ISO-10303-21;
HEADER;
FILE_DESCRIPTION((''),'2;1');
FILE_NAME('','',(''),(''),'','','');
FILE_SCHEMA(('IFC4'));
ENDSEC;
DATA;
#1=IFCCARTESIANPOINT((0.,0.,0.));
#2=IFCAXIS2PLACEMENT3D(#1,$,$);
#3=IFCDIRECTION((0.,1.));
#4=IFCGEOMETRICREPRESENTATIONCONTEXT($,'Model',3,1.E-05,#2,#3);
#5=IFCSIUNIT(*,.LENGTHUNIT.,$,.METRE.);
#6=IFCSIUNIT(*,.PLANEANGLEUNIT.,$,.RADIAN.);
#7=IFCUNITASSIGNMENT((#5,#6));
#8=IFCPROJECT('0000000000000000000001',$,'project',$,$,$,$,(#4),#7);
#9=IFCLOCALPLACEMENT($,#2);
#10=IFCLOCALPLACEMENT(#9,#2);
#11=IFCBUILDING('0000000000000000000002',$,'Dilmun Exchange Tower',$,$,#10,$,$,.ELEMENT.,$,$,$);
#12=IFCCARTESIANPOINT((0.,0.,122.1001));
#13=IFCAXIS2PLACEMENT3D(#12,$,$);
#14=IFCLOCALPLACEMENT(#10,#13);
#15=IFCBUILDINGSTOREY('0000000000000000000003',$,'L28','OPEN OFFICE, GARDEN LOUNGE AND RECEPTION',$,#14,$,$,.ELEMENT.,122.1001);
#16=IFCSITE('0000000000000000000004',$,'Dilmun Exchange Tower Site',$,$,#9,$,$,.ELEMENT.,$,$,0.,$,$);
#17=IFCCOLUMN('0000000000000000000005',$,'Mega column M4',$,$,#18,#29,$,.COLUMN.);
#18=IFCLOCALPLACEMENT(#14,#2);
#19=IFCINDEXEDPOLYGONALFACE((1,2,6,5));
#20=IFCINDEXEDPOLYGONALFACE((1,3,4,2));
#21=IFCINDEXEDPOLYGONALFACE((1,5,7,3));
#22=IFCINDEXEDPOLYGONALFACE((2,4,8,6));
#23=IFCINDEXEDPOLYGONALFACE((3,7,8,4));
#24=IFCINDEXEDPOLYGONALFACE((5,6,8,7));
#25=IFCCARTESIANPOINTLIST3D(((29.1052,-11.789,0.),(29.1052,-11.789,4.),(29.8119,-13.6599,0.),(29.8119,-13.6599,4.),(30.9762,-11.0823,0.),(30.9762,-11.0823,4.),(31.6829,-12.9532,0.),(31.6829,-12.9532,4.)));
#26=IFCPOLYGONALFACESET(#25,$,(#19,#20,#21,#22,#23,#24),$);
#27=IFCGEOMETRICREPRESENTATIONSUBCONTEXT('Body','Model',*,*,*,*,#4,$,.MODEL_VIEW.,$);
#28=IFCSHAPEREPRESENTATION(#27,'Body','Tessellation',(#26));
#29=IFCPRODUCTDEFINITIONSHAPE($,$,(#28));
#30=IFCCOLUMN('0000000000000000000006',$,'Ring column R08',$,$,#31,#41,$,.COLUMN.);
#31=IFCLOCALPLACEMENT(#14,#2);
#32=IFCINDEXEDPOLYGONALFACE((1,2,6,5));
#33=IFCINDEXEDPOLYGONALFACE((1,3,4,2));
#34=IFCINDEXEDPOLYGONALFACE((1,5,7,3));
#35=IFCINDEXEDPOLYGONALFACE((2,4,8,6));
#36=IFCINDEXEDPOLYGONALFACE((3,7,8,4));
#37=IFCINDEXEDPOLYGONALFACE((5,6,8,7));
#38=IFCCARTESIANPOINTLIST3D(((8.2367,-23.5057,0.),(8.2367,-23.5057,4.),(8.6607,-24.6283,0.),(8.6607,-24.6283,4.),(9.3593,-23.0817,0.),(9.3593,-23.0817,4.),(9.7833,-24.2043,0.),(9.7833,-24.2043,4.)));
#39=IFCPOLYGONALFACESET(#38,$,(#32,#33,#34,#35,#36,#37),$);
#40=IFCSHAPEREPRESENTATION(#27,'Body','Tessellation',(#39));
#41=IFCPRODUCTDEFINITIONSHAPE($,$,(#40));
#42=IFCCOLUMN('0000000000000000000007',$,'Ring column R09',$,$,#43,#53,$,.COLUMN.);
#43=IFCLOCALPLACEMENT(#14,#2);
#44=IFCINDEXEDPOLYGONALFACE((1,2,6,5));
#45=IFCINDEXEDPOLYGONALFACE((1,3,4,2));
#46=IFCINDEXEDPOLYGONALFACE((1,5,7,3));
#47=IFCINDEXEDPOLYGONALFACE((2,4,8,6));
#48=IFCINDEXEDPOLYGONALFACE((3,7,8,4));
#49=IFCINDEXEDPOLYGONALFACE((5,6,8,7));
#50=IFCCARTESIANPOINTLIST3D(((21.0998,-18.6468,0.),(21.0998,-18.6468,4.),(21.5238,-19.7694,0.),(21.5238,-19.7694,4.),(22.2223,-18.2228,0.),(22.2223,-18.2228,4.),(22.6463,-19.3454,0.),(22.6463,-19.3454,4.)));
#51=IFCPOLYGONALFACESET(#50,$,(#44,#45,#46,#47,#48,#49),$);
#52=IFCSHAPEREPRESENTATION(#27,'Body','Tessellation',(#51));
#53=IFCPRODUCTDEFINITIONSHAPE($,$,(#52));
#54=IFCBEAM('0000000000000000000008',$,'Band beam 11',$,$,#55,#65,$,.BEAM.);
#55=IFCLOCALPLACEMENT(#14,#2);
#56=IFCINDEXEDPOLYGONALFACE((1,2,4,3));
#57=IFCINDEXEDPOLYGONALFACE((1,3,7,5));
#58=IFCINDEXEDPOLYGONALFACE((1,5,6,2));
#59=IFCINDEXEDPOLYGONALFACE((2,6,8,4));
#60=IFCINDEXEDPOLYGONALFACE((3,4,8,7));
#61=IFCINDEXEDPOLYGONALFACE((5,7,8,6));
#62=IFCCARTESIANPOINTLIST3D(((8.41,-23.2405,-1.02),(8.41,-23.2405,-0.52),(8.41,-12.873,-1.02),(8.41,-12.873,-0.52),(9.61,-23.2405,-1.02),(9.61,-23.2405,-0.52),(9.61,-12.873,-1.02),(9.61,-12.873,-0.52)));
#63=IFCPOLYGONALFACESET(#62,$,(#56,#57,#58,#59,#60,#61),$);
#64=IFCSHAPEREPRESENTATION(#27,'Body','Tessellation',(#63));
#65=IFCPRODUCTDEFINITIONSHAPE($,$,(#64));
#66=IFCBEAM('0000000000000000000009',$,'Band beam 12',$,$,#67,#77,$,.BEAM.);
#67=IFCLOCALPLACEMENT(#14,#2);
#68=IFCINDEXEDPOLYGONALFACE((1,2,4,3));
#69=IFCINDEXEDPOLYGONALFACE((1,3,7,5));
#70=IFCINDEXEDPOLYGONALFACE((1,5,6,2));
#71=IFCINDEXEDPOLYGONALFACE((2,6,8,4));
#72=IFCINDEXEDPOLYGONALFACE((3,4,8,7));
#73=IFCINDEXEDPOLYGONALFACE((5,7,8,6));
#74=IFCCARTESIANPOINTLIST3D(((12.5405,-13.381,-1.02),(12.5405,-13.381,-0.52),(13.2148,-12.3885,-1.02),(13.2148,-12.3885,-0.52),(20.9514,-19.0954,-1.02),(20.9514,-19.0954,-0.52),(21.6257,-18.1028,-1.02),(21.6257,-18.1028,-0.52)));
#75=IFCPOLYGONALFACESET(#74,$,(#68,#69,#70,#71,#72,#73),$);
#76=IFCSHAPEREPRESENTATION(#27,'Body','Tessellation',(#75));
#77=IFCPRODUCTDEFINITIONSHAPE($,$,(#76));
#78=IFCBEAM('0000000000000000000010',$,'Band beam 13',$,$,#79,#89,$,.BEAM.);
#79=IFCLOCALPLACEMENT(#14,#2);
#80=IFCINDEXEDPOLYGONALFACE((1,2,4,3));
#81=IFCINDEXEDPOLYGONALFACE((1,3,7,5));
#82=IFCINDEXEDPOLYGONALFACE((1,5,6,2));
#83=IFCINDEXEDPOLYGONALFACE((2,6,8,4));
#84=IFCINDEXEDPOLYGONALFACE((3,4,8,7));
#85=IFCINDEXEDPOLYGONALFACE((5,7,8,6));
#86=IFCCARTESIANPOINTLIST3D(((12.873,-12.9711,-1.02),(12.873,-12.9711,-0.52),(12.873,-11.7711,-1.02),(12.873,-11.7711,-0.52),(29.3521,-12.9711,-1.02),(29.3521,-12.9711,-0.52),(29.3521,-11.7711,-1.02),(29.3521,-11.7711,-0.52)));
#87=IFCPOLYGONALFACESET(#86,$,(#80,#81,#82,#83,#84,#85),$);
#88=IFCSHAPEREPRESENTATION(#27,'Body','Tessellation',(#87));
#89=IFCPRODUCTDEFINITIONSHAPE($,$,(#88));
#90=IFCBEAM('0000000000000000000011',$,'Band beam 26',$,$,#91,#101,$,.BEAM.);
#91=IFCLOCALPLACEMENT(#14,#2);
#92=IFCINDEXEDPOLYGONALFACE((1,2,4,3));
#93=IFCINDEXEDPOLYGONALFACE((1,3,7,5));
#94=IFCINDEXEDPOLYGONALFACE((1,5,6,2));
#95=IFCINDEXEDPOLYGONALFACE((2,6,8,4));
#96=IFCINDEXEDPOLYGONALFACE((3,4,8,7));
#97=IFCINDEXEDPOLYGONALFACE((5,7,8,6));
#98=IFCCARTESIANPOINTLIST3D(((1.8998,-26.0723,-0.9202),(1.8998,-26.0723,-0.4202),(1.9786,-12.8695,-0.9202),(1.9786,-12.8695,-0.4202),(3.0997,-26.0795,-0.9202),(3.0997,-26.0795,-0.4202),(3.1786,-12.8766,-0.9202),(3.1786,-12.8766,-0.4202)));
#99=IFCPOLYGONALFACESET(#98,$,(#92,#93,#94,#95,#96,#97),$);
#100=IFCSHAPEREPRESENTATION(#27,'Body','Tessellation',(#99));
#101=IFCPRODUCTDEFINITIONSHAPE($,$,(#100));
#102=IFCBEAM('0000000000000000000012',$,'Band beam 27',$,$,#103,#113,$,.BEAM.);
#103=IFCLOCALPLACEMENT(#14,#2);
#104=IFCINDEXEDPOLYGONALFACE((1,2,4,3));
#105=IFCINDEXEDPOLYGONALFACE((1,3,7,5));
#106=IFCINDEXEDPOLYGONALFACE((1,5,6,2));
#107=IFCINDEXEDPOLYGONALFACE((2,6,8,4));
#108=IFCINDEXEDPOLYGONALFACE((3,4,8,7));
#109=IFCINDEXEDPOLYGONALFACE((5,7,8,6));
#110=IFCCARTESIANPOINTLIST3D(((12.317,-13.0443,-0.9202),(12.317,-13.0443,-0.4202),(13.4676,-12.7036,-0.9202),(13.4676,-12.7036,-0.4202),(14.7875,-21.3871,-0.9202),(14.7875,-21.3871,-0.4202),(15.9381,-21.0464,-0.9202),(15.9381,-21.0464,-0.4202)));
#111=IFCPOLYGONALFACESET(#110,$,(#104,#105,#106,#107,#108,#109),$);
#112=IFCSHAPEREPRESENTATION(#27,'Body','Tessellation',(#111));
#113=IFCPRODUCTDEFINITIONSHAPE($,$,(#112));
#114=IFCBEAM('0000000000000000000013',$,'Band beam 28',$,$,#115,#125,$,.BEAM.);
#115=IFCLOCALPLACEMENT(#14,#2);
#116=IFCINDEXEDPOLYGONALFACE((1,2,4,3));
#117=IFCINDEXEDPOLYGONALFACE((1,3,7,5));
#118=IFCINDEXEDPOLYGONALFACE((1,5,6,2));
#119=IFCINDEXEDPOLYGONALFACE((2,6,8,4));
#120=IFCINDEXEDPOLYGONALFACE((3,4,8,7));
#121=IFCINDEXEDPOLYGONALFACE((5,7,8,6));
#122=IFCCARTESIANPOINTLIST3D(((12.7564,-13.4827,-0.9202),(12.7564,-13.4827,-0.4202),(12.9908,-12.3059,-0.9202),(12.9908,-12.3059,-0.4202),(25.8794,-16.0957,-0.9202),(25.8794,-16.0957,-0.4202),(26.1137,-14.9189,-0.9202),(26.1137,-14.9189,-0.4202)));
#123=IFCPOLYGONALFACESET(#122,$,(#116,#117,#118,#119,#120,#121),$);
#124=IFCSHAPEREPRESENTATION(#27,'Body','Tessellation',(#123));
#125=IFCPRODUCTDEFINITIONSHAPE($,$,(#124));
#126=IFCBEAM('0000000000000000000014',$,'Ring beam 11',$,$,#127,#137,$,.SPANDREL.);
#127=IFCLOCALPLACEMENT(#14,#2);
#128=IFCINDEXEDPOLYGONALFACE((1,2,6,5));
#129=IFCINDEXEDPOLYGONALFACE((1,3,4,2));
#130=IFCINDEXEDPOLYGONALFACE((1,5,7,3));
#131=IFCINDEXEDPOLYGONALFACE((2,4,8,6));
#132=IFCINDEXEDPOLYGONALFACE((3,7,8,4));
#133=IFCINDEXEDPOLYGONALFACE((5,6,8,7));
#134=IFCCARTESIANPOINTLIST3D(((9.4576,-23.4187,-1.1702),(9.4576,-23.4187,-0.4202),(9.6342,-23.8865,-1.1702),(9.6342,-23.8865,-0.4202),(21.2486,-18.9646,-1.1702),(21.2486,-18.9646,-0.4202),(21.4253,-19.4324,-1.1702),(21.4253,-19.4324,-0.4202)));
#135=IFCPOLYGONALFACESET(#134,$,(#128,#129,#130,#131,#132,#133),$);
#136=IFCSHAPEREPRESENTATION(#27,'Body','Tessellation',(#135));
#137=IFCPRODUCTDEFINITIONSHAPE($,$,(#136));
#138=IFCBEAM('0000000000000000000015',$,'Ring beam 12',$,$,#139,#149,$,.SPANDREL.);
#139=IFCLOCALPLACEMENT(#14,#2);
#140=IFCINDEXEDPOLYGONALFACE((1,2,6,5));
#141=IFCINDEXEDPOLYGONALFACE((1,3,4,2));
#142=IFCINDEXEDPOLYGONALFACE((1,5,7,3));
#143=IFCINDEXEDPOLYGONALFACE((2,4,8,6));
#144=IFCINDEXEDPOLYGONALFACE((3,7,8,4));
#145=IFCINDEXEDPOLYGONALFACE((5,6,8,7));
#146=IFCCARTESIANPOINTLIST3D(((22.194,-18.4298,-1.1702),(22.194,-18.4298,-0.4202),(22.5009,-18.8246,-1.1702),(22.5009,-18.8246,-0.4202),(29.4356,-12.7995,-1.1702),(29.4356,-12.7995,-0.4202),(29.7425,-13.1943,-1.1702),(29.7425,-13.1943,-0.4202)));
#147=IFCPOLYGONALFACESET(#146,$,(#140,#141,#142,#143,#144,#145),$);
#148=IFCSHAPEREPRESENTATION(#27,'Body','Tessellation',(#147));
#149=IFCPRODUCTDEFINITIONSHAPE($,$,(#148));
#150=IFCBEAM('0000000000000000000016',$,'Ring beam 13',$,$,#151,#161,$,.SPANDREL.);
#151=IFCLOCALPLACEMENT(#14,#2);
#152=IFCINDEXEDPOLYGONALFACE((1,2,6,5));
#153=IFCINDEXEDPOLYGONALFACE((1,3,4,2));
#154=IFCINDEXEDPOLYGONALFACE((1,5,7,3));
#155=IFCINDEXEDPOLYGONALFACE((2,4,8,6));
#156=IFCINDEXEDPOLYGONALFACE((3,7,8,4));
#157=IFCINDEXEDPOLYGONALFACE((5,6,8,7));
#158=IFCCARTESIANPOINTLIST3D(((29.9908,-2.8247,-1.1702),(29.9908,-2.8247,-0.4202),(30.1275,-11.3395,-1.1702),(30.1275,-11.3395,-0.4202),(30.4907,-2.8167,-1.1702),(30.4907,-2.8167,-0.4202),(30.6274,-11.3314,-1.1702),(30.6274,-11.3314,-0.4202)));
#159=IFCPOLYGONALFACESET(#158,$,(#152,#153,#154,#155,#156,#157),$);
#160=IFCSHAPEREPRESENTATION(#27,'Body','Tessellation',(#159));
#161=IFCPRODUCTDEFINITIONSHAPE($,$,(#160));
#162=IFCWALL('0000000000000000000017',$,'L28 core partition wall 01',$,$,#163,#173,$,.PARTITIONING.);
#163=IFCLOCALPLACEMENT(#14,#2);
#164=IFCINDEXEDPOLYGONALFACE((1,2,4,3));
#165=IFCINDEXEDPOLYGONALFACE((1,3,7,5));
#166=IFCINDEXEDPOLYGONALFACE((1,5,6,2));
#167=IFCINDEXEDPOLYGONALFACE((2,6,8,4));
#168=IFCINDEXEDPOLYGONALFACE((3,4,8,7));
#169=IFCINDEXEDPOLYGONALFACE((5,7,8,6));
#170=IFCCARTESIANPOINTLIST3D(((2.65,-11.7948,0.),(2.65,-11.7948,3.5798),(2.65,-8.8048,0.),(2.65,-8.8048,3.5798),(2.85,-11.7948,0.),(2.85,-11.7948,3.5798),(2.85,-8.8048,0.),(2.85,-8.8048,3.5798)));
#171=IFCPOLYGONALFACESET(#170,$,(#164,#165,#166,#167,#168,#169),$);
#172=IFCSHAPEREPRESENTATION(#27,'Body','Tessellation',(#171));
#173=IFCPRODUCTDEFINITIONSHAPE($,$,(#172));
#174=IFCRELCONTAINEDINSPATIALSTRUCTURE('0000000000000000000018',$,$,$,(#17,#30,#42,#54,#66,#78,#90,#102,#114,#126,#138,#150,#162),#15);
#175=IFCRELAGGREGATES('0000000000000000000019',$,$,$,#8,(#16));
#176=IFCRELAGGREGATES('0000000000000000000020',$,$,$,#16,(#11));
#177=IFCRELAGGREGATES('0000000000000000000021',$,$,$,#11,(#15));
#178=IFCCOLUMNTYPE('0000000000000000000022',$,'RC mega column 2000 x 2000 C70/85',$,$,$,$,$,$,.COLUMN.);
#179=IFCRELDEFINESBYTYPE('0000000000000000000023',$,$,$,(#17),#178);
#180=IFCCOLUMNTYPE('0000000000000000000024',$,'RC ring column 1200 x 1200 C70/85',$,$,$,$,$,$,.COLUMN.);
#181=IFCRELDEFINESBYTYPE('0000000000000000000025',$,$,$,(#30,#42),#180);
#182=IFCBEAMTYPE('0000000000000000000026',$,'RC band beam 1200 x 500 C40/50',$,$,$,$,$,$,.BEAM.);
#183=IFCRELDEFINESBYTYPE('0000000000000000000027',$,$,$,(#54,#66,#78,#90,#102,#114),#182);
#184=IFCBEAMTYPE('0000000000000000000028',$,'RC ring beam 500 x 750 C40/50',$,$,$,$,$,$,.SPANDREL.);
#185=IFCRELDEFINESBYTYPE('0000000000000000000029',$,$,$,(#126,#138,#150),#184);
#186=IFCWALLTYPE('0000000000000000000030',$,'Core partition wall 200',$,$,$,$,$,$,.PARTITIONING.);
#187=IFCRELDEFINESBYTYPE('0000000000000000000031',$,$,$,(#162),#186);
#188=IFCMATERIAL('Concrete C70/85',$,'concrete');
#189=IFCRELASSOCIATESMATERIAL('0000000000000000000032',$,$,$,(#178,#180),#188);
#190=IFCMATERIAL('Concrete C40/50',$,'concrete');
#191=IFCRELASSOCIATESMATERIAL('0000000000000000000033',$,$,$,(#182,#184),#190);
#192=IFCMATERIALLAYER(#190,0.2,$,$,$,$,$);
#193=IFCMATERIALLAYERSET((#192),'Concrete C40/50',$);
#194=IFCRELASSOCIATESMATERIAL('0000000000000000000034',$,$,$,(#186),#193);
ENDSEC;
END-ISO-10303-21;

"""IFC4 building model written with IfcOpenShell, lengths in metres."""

from ifc_helpers import new_model, si_unit, direction, frame, frame_2d, origin, origin_2d, place, context, subcontext, project, spatial, rectangle, extrude, material, layer, layer_set, material_profile, profile_set, type_object, element, save


model = new_model("IFC4")

# Units and contexts
model_context = context("Model", 3, precision=1e-05, world=origin(), true_north=direction((0.0, 1.0)))
body_context = subcontext(model_context, "Body", "Model", "MODEL_VIEW")
ifc_project = project(units=[si_unit("LENGTHUNIT", "METRE"), si_unit("PLANEANGLEUNIT", "RADIAN")], contexts=[model_context])

# Site, building, storey
site_placement = place(None, origin())
site = spatial("IfcSite", under=ifc_project, at=site_placement, Name="Dilmun Exchange Tower Site", CompositionType="ELEMENT", RefElevation=0.0)
building_placement = place(site_placement, origin())
building = spatial("IfcBuilding", under=site, at=building_placement, Name="Dilmun Exchange Tower", CompositionType="ELEMENT")
storey_placement = place(building_placement, frame((0.0, 0.0, 122.1001)))
storey = spatial("IfcBuildingStorey", under=building, at=storey_placement, Name="L28", Description="OPEN OFFICE, GARDEN LOUNGE AND RECEPTION", CompositionType="ELEMENT", Elevation=122.1001)

# Columns
ifc_material_1 = material(Name="Concrete C70/85", Category="concrete")
ifc_material_profile_1 = material_profile(ifc_material_1, rectangle(XDim=2.0, YDim=2.0, at=origin_2d()), Name="2000 x 2000")
ifc_profile_set_1 = profile_set([ifc_material_profile_1], Name="Concrete C70/85")
column_type_1 = type_object("IfcColumnType", Name="RC mega column 2000 x 2000 C70/85", PredefinedType="COLUMN", material=ifc_profile_set_1)
column_placement = place(storey_placement, frame((30.394, -12.3711, 0.0), z_axis=(0.0, 0.0, 1.0), x_axis=(0.935492, 0.353349, 0.0)))
element("IfcColumn", 1, at=column_placement, inside=storey, type_object=column_type_1, Name="Mega column M4", PredefinedType="COLUMN", context=body_context, shape_type="SweptSolid", body=[
    extrude(rectangle(XDim=2.0, YDim=2.0, at=origin_2d()), origin(), (0.0, 0.0, 1.0), 4.0),
])
ifc_material_profile_2 = material_profile(ifc_material_1, rectangle(XDim=1.2, YDim=1.2, at=origin_2d()), Name="1200 x 1200")
ifc_profile_set_2 = profile_set([ifc_material_profile_2], Name="Concrete C70/85")
column_type_2 = type_object("IfcColumnType", Name="RC ring column 1200 x 1200 C70/85", PredefinedType="COLUMN", material=ifc_profile_set_2)
for number, where, z_axis, x_axis, name in (
    (2, (9.01, -23.855, 0.0), (0.0, 0.0, 1.0), (0.935492, 0.353349, 0.0), "Ring column R08"),
    (3, (21.873, -18.9961, 0.0), (0.0, 0.0, 1.0), (0.935492, 0.353349, 0.0), "Ring column R09"),
):
    element("IfcColumn", number, at=place(storey_placement, frame(where, z_axis=z_axis, x_axis=x_axis)), inside=storey, type_object=column_type_2, Name=name, PredefinedType="COLUMN", context=body_context, shape_type="SweptSolid", body=[
        extrude(rectangle(XDim=1.2, YDim=1.2, at=origin_2d()), origin(), (0.0, 0.0, 1.0), 4.0),
    ])

# Beams
ifc_material_2 = material(Name="Concrete C40/50", Category="concrete")
ifc_material_profile_3 = material_profile(ifc_material_2, rectangle(XDim=1.2, YDim=0.5, at=origin_2d()), Name="1200 x 500")
ifc_profile_set_3 = profile_set([ifc_material_profile_3], Name="Concrete C40/50")
beam_type_1 = type_object("IfcBeamType", Name="RC band beam 1200 x 500 C40/50", PredefinedType="BEAM", material=ifc_profile_set_3)
beam_1_placement = place(storey_placement, frame((9.01, -23.2405, -0.77), z_axis=(0.0, 1.0, 0.0), x_axis=(-1.0, 0.0, 0.0)))
element("IfcBeam", 4, at=beam_1_placement, inside=storey, type_object=beam_type_1, Name="Band beam 11", PredefinedType="BEAM", context=body_context, shape_type="SweptSolid", body=[
    extrude(rectangle(XDim=1.2, YDim=0.5, at=origin_2d()), origin(), (0.0, 0.0, 1.0), 10.3674),
])
beam_2_placement = place(storey_placement, frame((21.2886, -18.5991, -0.77), z_axis=(-0.827157, 0.56197, 0.0), x_axis=(-0.56197, -0.827157, 0.0)))
element("IfcBeam", 5, at=beam_2_placement, inside=storey, type_object=beam_type_1, Name="Band beam 12", PredefinedType="BEAM", context=body_context, shape_type="SweptSolid", body=[
    extrude(rectangle(XDim=1.2, YDim=0.5, at=origin_2d()), origin(), (0.0, 0.0, 1.0), 10.1685),
])
beam_3_placement = place(storey_placement, frame((29.3521, -12.3711, -0.77), z_axis=(-1.0, 0.0, 0.0), x_axis=(0.0, -1.0, 0.0)))
element("IfcBeam", 6, at=beam_3_placement, inside=storey, type_object=beam_type_1, Name="Band beam 13", PredefinedType="BEAM", context=body_context, shape_type="SweptSolid", body=[
    extrude(rectangle(XDim=1.2, YDim=0.5, at=origin_2d()), origin(), (0.0, 0.0, 1.0), 16.479),
])
beam_4_placement = place(storey_placement, frame((2.4998, -26.0759, -0.6702), z_axis=(0.005973, 0.999982, 0.0), x_axis=(-0.999982, 0.005973, 0.0)))
element("IfcBeam", 7, at=beam_4_placement, inside=storey, type_object=beam_type_1, Name="Band beam 26", PredefinedType="BEAM", context=body_context, shape_type="SweptSolid", body=[
    extrude(rectangle(XDim=1.2, YDim=0.5, at=origin_2d()), origin(), (0.0, 0.0, 1.0), 13.2031),
])
beam_5_placement = place(storey_placement, frame((15.3628, -21.2168, -0.6702), z_axis=(-0.283933, 0.958844, 0.0), x_axis=(-0.958844, -0.283933, 0.0)))
element("IfcBeam", 8, at=beam_5_placement, inside=storey, type_object=beam_type_1, Name="Band beam 27", PredefinedType="BEAM", context=body_context, shape_type="SweptSolid", body=[
    extrude(rectangle(XDim=1.2, YDim=0.5, at=origin_2d()), origin(), (0.0, 0.0, 1.0), 8.7009),
])
beam_6_placement = place(storey_placement, frame((25.9966, -15.5073, -0.6702), z_axis=(-0.980747, 0.195284, 0.0), x_axis=(-0.195284, -0.980747, 0.0)))
element("IfcBeam", 9, at=beam_6_placement, inside=storey, type_object=beam_type_1, Name="Band beam 28", PredefinedType="BEAM", context=body_context, shape_type="SweptSolid", body=[
    extrude(rectangle(XDim=1.2, YDim=0.5, at=origin_2d()), origin(), (0.0, 0.0, 1.0), 13.3806),
])
ifc_material_profile_4 = material_profile(ifc_material_2, rectangle(XDim=0.5, YDim=0.75, at=origin_2d()), Name="500 x 750")
ifc_profile_set_4 = profile_set([ifc_material_profile_4], Name="Concrete C40/50")
beam_type_2 = type_object("IfcBeamType", Name="RC ring beam 500 x 750 C40/50", PredefinedType="SPANDREL", material=ifc_profile_set_4)
beam_7_placement = place(storey_placement, frame((9.5459, -23.6526, -0.7952), z_axis=(0.935479, 0.353381, 0.0), x_axis=(-0.353381, 0.935479, 0.0)))
element("IfcBeam", 10, at=beam_7_placement, inside=storey, type_object=beam_type_2, Name="Ring beam 11", PredefinedType="SPANDREL", context=body_context, shape_type="SweptSolid", body=[
    extrude(rectangle(XDim=0.5, YDim=0.75, at=origin_2d()), origin(), (0.0, 0.0, 1.0), 12.6042),
])
beam_8_placement = place(storey_placement, frame((22.3474, -18.6272, -0.7952), z_axis=(0.789461, 0.613801, 0.0), x_axis=(-0.613801, 0.789461, 0.0)))
element("IfcBeam", 11, at=beam_8_placement, inside=storey, type_object=beam_type_2, Name="Ring beam 12", PredefinedType="SPANDREL", context=body_context, shape_type="SweptSolid", body=[
    extrude(rectangle(XDim=0.5, YDim=0.75, at=origin_2d()), origin(), (0.0, 0.0, 1.0), 9.1729),
])
beam_9_placement = place(storey_placement, frame((30.3774, -11.3354, -0.7952), z_axis=(-0.016054, 0.999871, 0.0), x_axis=(-0.999871, -0.016054, 0.0)))
element("IfcBeam", 12, at=beam_9_placement, inside=storey, type_object=beam_type_2, Name="Ring beam 13", PredefinedType="SPANDREL", context=body_context, shape_type="SweptSolid", body=[
    extrude(rectangle(XDim=0.5, YDim=0.75, at=origin_2d()), origin(), (0.0, 0.0, 1.0), 8.5159),
])

# Wall
ifc_layer_1 = layer(ifc_material_2, 0.2)
ifc_layer_set_1 = layer_set([ifc_layer_1], Name="Concrete C40/50")
wall_type_1 = type_object("IfcWallType", Name="Core partition wall 200", PredefinedType="PARTITIONING", material=ifc_layer_set_1)
wall_1_placement = place(storey_placement, frame((2.75, -11.7949, 0.0), z_axis=(0.0, 0.0, 1.0), x_axis=(0.0, 1.0, 0.0)))
element("IfcWall", 13, at=wall_1_placement, inside=storey, type_object=wall_type_1, Name="L28 core partition wall 01", PredefinedType="PARTITIONING", context=body_context, shape_type="SweptSolid", body=[
    extrude(rectangle(XDim=2.99, YDim=0.2, at=frame_2d((1.4951, 0.0))), origin(), (0.0, 0.0, 1.0), 3.5798),
])

save(model, "model.ifc")
